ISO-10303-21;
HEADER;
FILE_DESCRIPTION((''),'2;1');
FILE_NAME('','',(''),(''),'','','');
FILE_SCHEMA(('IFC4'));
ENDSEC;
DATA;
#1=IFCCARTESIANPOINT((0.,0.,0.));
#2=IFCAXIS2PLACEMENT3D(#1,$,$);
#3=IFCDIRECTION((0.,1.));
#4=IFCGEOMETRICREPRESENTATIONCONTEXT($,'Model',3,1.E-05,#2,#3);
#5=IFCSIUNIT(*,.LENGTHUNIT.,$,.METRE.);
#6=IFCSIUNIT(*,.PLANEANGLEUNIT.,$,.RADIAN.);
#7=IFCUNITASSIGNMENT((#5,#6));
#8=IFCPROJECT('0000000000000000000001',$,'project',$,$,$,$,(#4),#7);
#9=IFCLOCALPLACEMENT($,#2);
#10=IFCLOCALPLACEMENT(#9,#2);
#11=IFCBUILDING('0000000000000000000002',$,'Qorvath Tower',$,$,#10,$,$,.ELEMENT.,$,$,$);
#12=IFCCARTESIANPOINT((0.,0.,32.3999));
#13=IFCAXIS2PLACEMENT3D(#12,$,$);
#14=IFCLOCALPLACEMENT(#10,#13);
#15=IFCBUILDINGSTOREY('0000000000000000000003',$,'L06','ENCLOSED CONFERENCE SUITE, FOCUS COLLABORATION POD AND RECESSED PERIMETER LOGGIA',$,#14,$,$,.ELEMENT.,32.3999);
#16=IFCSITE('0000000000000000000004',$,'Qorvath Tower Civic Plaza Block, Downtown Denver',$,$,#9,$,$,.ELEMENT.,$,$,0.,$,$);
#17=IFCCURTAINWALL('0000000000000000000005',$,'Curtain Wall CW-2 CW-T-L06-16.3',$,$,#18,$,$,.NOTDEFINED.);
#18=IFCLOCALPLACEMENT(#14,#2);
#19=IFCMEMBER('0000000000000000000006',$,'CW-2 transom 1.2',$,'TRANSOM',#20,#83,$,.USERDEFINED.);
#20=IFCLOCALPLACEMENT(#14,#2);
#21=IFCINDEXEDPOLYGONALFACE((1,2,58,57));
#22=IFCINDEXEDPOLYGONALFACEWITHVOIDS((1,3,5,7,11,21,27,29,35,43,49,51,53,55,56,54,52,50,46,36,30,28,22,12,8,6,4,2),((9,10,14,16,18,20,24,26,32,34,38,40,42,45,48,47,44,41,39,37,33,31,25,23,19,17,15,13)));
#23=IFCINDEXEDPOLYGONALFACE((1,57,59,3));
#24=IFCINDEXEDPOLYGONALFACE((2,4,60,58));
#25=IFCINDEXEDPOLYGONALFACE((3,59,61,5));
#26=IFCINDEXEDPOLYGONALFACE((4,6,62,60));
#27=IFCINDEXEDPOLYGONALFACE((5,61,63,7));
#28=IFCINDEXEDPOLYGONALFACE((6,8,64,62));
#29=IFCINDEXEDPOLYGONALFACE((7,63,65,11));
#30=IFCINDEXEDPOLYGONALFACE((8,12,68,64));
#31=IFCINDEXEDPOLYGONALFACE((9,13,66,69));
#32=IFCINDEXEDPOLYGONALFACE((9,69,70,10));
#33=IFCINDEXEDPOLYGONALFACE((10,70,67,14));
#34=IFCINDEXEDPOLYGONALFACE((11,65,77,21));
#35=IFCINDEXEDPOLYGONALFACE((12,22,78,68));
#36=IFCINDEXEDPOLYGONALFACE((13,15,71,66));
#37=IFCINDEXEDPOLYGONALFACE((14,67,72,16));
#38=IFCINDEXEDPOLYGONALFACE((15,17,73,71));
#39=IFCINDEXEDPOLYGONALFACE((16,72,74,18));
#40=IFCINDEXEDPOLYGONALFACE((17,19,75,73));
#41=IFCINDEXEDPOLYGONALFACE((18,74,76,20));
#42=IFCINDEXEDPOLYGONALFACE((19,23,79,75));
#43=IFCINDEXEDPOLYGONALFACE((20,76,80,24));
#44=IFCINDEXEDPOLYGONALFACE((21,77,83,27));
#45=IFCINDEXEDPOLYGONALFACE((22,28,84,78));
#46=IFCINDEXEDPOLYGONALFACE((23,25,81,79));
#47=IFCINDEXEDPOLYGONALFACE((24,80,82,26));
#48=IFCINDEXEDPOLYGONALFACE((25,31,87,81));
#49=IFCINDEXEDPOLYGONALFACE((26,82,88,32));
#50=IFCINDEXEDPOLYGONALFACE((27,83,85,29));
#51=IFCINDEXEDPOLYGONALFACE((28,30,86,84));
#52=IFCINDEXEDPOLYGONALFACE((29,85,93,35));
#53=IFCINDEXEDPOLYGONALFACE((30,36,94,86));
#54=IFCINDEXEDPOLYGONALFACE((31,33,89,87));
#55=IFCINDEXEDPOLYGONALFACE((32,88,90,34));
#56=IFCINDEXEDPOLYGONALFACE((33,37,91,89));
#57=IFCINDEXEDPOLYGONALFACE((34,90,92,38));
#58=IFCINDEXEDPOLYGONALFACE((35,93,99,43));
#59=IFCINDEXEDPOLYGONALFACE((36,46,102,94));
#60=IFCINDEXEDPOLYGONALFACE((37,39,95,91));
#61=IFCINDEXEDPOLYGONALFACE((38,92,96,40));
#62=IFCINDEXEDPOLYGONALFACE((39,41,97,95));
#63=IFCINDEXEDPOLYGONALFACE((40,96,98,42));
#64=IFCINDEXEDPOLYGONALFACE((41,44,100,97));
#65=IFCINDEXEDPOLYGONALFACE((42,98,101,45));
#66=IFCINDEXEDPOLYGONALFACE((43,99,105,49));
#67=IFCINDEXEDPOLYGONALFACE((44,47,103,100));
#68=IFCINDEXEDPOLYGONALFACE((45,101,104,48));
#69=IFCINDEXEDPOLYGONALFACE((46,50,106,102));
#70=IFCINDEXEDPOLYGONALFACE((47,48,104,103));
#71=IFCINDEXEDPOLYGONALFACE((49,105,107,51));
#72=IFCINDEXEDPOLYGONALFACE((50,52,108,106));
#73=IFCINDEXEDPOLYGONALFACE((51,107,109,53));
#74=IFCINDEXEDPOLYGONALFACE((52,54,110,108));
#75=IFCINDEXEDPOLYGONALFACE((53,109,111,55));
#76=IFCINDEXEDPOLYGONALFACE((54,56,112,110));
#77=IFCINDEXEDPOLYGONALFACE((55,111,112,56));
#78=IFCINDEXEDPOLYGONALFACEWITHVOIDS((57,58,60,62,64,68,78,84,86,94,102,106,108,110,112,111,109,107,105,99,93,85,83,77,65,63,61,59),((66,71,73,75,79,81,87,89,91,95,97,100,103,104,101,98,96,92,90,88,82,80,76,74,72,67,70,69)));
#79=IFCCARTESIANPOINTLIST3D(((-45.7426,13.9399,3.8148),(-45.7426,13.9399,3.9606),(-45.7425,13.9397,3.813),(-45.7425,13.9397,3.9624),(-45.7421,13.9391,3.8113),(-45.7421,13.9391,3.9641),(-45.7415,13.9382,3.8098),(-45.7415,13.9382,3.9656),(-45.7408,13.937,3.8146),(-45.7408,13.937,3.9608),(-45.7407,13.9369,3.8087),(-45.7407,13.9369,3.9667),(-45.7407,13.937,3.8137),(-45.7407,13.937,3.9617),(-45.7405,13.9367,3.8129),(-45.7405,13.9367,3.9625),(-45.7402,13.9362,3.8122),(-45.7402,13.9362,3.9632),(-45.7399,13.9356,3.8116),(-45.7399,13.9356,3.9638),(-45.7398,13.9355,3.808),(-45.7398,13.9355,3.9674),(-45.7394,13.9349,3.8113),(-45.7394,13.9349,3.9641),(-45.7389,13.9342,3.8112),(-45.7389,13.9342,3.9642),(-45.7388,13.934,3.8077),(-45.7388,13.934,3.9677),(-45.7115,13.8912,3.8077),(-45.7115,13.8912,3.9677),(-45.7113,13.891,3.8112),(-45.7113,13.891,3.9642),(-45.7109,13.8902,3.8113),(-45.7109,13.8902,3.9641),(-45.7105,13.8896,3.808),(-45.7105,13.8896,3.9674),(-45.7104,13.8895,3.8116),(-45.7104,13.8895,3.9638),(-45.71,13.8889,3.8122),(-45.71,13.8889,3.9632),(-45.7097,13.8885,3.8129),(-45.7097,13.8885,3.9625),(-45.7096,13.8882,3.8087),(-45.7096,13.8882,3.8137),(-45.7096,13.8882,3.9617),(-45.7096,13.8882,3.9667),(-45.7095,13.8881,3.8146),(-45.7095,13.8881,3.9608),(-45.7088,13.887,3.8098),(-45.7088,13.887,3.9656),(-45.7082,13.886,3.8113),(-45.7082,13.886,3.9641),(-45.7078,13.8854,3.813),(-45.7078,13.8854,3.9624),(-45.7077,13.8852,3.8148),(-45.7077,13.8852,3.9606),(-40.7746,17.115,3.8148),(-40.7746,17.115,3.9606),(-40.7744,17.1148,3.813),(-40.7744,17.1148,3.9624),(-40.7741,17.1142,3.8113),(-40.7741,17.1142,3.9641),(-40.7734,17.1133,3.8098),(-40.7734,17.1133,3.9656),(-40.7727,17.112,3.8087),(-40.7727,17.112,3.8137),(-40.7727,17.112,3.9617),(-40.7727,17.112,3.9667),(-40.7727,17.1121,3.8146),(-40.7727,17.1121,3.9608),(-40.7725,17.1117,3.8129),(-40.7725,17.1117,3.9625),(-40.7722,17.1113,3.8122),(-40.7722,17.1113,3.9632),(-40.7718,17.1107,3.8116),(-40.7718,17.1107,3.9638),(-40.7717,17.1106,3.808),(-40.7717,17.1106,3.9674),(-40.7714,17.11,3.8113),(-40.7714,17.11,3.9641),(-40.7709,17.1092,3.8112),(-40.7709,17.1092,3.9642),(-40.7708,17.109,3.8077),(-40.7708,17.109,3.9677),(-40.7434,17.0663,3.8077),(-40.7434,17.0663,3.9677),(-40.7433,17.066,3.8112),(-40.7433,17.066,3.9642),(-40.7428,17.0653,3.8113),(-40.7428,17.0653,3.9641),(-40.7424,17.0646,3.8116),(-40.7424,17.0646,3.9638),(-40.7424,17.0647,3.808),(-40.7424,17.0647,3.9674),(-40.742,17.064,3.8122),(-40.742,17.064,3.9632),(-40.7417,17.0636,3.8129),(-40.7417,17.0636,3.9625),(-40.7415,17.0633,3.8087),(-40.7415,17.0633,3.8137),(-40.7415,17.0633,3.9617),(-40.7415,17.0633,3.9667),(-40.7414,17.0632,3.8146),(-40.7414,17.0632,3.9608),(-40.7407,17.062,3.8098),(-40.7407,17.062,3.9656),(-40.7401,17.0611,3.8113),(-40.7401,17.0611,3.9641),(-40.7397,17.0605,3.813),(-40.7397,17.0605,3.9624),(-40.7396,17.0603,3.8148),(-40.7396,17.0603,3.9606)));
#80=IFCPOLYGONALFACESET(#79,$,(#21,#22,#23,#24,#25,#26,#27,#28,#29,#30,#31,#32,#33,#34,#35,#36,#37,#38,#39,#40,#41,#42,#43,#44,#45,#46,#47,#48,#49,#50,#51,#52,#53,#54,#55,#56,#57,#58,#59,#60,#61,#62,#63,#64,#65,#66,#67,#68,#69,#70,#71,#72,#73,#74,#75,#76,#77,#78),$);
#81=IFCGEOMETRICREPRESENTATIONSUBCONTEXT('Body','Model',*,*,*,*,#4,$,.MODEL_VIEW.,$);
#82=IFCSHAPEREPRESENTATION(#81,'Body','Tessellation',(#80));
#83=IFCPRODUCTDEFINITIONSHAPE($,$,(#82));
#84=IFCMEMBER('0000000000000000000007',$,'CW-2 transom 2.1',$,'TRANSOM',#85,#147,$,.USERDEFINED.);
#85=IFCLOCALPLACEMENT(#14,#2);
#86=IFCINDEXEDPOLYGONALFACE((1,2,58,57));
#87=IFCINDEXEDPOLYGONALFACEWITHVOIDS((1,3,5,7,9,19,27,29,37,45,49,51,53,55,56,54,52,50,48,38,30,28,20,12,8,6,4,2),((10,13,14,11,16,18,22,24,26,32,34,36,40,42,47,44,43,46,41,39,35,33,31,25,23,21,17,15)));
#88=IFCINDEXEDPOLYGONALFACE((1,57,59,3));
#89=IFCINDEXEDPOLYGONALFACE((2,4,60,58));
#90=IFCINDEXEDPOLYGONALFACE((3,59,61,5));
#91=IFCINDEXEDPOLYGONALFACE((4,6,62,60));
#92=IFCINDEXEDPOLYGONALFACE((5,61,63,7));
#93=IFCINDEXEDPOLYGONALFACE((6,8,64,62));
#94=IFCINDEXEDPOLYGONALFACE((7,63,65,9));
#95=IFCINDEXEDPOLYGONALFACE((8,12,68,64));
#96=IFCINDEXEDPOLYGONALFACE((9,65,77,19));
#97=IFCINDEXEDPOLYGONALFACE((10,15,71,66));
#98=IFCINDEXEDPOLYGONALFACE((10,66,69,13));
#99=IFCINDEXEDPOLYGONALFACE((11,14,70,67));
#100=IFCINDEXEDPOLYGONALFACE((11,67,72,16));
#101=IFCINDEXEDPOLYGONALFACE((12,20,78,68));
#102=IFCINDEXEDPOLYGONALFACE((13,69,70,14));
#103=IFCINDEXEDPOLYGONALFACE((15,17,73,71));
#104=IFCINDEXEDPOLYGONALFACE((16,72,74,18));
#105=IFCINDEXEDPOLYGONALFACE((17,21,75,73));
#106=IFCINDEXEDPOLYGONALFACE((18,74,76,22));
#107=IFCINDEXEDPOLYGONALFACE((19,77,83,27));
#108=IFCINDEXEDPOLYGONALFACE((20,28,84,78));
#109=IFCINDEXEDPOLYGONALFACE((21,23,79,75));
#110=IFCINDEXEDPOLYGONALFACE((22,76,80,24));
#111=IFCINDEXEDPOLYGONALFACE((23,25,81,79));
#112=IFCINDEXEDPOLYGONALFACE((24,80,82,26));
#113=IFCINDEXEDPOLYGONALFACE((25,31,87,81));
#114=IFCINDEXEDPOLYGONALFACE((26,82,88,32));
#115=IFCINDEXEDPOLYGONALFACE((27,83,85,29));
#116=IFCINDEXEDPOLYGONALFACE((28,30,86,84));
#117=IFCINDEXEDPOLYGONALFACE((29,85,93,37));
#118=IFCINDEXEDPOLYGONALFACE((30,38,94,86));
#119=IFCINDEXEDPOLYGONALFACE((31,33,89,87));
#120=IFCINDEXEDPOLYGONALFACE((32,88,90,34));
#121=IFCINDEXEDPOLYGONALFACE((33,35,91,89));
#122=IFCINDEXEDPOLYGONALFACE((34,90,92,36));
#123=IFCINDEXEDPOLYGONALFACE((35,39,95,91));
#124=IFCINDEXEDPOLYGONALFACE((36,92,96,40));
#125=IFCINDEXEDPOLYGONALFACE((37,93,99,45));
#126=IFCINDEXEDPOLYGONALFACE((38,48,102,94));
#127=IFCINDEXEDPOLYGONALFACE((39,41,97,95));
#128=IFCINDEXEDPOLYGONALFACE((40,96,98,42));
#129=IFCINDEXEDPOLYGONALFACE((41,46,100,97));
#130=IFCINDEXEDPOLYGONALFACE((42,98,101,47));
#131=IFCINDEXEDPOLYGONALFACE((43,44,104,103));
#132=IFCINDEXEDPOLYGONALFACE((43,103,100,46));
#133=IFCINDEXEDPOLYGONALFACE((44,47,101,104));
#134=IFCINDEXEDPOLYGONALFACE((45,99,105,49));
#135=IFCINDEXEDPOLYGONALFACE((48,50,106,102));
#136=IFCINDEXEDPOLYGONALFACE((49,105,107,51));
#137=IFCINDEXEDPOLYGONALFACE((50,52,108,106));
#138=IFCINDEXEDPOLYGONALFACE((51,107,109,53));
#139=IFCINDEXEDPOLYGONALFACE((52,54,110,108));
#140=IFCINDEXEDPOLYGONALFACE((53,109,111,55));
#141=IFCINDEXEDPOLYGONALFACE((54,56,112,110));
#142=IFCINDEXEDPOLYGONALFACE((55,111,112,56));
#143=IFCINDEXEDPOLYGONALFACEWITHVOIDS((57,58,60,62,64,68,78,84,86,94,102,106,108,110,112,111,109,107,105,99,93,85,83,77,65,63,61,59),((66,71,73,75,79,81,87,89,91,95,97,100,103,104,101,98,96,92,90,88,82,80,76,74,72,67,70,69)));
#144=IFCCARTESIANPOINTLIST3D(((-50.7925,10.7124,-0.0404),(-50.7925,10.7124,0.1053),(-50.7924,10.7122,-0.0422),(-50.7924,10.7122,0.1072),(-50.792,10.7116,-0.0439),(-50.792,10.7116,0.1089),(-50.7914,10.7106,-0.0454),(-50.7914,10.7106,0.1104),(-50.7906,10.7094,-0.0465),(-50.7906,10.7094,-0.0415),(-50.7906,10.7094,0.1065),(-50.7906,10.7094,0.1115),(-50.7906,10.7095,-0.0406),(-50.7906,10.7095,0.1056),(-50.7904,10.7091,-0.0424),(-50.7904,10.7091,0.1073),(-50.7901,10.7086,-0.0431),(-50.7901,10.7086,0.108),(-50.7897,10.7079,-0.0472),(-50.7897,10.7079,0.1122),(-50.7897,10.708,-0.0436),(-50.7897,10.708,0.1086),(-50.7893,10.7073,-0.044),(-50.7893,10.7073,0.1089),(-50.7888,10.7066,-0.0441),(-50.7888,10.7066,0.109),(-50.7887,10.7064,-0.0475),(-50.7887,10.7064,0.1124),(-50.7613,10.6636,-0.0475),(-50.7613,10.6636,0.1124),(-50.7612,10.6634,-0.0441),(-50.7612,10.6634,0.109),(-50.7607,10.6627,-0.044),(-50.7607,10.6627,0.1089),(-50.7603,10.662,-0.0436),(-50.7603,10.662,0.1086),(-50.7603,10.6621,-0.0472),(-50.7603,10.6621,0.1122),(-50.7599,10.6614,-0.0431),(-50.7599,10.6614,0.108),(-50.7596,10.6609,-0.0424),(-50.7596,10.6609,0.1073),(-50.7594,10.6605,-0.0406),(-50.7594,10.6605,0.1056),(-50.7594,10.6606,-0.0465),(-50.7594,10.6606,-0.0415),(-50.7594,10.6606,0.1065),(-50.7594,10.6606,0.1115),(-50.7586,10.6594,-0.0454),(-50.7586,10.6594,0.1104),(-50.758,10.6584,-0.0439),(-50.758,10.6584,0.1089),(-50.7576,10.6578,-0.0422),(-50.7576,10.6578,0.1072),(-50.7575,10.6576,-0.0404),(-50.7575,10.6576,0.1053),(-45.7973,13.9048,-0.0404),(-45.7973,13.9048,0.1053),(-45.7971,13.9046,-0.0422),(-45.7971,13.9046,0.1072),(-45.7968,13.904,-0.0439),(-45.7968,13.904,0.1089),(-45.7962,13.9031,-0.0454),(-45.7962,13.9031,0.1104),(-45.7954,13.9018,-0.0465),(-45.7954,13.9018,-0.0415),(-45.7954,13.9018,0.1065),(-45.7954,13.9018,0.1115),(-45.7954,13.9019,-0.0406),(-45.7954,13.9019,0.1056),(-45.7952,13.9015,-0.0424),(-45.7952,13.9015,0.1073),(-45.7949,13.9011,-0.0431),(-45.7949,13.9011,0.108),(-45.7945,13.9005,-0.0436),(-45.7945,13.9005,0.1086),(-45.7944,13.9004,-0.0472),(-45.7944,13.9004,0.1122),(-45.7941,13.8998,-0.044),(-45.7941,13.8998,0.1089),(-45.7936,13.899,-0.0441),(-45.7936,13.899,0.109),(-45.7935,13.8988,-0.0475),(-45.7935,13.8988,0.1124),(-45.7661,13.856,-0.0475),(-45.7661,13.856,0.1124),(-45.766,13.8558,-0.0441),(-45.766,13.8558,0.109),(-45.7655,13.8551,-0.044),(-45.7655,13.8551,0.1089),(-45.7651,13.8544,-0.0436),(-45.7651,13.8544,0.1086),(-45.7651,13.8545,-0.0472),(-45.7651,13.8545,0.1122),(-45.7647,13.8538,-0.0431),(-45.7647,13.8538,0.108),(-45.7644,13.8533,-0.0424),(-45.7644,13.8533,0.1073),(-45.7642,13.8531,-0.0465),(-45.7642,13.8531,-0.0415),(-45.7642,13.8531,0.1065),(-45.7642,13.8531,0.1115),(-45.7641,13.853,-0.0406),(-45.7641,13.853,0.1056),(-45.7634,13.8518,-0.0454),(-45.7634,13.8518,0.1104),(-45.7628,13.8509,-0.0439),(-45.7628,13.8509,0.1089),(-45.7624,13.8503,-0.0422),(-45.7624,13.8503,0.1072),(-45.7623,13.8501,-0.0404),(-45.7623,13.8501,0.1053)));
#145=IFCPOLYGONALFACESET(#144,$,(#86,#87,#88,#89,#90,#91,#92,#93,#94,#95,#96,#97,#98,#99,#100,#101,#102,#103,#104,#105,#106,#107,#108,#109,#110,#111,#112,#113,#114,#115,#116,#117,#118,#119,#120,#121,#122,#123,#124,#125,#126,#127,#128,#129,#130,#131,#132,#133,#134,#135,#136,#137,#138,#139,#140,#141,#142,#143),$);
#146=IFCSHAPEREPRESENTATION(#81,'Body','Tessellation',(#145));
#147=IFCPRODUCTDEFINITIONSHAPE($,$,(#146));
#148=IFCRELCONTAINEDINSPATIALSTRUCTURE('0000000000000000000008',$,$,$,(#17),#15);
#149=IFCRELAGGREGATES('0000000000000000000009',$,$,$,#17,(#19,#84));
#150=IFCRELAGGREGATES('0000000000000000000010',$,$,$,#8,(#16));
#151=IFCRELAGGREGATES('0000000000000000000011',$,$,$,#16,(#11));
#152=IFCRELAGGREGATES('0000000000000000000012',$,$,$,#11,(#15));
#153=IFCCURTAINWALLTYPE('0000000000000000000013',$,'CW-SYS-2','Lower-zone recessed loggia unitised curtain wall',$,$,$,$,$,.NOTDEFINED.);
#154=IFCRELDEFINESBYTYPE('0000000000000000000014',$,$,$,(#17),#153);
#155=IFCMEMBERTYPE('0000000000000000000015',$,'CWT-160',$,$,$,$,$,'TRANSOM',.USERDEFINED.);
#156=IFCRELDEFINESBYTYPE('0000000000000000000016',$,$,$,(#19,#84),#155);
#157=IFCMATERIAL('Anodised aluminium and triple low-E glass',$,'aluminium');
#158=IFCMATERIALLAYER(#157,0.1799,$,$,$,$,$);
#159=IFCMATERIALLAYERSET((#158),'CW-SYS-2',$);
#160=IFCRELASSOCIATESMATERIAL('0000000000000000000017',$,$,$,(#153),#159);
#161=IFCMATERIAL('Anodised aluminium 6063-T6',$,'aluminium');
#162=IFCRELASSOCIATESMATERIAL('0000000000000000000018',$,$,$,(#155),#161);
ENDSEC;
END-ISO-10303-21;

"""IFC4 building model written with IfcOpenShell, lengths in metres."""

from ifc_helpers import new_model, si_unit, direction, frame, origin, origin_2d, place, context, subcontext, project, spatial, hollow_rectangle, extrude, material, layer, layer_set, material_profile, profile_set, type_object, element, aggregate, save


model = new_model("IFC4")

# Units and contexts
model_context = context("Model", 3, precision=1e-05, world=origin(), true_north=direction((0.0, 1.0)))
body_context = subcontext(model_context, "Body", "Model", "MODEL_VIEW")
ifc_project = project(units=[si_unit("LENGTHUNIT", "METRE"), si_unit("PLANEANGLEUNIT", "RADIAN")], contexts=[model_context])

# Site, building, storey
site_placement = place(None, origin())
site = spatial("IfcSite", under=ifc_project, at=site_placement, Name="Qorvath Tower Civic Plaza Block, Downtown Denver", CompositionType="ELEMENT", RefElevation=0.0)
building_placement = place(site_placement, origin())
building = spatial("IfcBuilding", under=site, at=building_placement, Name="Qorvath Tower", CompositionType="ELEMENT")
storey_placement = place(building_placement, frame((0.0, 0.0, 32.3999)))
storey = spatial("IfcBuildingStorey", under=building, at=storey_placement, Name="L06", Description="ENCLOSED CONFERENCE SUITE, FOCUS COLLABORATION POD AND RECESSED PERIMETER LOGGIA", CompositionType="ELEMENT", Elevation=32.3999)

# Curtain wall, members
ifc_material_1 = material(Name="Anodised aluminium and triple low-E glass", Category="aluminium")
ifc_layer_1 = layer(ifc_material_1, 0.1799)
ifc_layer_set_1 = layer_set([ifc_layer_1], Name="CW-SYS-2")
curtain_wall_type = type_object("IfcCurtainWallType", Name="CW-SYS-2", Description="Lower-zone recessed loggia unitised curtain wall", PredefinedType="NOTDEFINED", material=ifc_layer_set_1)
curtain_wall_placement = place(storey_placement, origin())
curtain_wall = element("IfcCurtainWall", 1, at=curtain_wall_placement, inside=storey, type_object=curtain_wall_type, Name="Curtain Wall CW-2 CW-T-L06-16.3", PredefinedType="NOTDEFINED")
ifc_material_2 = material(Name="Anodised aluminium 6063-T6", Category="aluminium")
ifc_material_profile_1 = material_profile(ifc_material_2, hollow_rectangle(XDim=0.0649, YDim=0.1599, WallThickness=0.0034, InnerFilletRadius=0.0034, OuterFilletRadius=0.0071, at=origin_2d()), Name="CWT 160x65")
ifc_profile_set_1 = profile_set([ifc_material_profile_1], Name="Anodised aluminium 6063-T6")
member_type_1 = type_object("IfcMemberType", Name="CWT-160", ElementType="TRANSOM", PredefinedType="USERDEFINED", material=ifc_profile_set_1)
member_1_placement = place(storey_placement, frame((-40.7571, 17.0876, 3.8877), z_axis=(-0.842616, -0.538514, 0.0), x_axis=(0.538514, -0.842616, 0.0)))
member_1 = element("IfcMember", 2, at=member_1_placement, type_object=member_type_1, Name="CW-2 transom 1.2", ObjectType="TRANSOM", PredefinedType="USERDEFINED", context=body_context, shape_type="SweptSolid", body=[
    extrude(hollow_rectangle(XDim=0.0649, YDim=0.1599, WallThickness=0.0034, InnerFilletRadius=0.0034, OuterFilletRadius=0.0071, at=origin_2d()), origin(), (0.0, 0.0, 1.0), 5.896),
])
member_2_placement = place(storey_placement, frame((-45.7798, 13.8774, 0.0325), z_axis=(-0.842615, -0.538516, 0.0), x_axis=(0.538516, -0.842615, 0.0)))
member_2 = element("IfcMember", 3, at=member_2_placement, type_object=member_type_1, Name="CW-2 transom 2.1", ObjectType="TRANSOM", PredefinedType="USERDEFINED", context=body_context, shape_type="SweptSolid", body=[
    extrude(hollow_rectangle(XDim=0.0649, YDim=0.1599, WallThickness=0.0034, InnerFilletRadius=0.0034, OuterFilletRadius=0.0071, at=origin_2d()), origin(), (0.0, 0.0, 1.0), 5.9282),
])
aggregate(curtain_wall, [member_1, member_2])

save(model, "model.ifc")
